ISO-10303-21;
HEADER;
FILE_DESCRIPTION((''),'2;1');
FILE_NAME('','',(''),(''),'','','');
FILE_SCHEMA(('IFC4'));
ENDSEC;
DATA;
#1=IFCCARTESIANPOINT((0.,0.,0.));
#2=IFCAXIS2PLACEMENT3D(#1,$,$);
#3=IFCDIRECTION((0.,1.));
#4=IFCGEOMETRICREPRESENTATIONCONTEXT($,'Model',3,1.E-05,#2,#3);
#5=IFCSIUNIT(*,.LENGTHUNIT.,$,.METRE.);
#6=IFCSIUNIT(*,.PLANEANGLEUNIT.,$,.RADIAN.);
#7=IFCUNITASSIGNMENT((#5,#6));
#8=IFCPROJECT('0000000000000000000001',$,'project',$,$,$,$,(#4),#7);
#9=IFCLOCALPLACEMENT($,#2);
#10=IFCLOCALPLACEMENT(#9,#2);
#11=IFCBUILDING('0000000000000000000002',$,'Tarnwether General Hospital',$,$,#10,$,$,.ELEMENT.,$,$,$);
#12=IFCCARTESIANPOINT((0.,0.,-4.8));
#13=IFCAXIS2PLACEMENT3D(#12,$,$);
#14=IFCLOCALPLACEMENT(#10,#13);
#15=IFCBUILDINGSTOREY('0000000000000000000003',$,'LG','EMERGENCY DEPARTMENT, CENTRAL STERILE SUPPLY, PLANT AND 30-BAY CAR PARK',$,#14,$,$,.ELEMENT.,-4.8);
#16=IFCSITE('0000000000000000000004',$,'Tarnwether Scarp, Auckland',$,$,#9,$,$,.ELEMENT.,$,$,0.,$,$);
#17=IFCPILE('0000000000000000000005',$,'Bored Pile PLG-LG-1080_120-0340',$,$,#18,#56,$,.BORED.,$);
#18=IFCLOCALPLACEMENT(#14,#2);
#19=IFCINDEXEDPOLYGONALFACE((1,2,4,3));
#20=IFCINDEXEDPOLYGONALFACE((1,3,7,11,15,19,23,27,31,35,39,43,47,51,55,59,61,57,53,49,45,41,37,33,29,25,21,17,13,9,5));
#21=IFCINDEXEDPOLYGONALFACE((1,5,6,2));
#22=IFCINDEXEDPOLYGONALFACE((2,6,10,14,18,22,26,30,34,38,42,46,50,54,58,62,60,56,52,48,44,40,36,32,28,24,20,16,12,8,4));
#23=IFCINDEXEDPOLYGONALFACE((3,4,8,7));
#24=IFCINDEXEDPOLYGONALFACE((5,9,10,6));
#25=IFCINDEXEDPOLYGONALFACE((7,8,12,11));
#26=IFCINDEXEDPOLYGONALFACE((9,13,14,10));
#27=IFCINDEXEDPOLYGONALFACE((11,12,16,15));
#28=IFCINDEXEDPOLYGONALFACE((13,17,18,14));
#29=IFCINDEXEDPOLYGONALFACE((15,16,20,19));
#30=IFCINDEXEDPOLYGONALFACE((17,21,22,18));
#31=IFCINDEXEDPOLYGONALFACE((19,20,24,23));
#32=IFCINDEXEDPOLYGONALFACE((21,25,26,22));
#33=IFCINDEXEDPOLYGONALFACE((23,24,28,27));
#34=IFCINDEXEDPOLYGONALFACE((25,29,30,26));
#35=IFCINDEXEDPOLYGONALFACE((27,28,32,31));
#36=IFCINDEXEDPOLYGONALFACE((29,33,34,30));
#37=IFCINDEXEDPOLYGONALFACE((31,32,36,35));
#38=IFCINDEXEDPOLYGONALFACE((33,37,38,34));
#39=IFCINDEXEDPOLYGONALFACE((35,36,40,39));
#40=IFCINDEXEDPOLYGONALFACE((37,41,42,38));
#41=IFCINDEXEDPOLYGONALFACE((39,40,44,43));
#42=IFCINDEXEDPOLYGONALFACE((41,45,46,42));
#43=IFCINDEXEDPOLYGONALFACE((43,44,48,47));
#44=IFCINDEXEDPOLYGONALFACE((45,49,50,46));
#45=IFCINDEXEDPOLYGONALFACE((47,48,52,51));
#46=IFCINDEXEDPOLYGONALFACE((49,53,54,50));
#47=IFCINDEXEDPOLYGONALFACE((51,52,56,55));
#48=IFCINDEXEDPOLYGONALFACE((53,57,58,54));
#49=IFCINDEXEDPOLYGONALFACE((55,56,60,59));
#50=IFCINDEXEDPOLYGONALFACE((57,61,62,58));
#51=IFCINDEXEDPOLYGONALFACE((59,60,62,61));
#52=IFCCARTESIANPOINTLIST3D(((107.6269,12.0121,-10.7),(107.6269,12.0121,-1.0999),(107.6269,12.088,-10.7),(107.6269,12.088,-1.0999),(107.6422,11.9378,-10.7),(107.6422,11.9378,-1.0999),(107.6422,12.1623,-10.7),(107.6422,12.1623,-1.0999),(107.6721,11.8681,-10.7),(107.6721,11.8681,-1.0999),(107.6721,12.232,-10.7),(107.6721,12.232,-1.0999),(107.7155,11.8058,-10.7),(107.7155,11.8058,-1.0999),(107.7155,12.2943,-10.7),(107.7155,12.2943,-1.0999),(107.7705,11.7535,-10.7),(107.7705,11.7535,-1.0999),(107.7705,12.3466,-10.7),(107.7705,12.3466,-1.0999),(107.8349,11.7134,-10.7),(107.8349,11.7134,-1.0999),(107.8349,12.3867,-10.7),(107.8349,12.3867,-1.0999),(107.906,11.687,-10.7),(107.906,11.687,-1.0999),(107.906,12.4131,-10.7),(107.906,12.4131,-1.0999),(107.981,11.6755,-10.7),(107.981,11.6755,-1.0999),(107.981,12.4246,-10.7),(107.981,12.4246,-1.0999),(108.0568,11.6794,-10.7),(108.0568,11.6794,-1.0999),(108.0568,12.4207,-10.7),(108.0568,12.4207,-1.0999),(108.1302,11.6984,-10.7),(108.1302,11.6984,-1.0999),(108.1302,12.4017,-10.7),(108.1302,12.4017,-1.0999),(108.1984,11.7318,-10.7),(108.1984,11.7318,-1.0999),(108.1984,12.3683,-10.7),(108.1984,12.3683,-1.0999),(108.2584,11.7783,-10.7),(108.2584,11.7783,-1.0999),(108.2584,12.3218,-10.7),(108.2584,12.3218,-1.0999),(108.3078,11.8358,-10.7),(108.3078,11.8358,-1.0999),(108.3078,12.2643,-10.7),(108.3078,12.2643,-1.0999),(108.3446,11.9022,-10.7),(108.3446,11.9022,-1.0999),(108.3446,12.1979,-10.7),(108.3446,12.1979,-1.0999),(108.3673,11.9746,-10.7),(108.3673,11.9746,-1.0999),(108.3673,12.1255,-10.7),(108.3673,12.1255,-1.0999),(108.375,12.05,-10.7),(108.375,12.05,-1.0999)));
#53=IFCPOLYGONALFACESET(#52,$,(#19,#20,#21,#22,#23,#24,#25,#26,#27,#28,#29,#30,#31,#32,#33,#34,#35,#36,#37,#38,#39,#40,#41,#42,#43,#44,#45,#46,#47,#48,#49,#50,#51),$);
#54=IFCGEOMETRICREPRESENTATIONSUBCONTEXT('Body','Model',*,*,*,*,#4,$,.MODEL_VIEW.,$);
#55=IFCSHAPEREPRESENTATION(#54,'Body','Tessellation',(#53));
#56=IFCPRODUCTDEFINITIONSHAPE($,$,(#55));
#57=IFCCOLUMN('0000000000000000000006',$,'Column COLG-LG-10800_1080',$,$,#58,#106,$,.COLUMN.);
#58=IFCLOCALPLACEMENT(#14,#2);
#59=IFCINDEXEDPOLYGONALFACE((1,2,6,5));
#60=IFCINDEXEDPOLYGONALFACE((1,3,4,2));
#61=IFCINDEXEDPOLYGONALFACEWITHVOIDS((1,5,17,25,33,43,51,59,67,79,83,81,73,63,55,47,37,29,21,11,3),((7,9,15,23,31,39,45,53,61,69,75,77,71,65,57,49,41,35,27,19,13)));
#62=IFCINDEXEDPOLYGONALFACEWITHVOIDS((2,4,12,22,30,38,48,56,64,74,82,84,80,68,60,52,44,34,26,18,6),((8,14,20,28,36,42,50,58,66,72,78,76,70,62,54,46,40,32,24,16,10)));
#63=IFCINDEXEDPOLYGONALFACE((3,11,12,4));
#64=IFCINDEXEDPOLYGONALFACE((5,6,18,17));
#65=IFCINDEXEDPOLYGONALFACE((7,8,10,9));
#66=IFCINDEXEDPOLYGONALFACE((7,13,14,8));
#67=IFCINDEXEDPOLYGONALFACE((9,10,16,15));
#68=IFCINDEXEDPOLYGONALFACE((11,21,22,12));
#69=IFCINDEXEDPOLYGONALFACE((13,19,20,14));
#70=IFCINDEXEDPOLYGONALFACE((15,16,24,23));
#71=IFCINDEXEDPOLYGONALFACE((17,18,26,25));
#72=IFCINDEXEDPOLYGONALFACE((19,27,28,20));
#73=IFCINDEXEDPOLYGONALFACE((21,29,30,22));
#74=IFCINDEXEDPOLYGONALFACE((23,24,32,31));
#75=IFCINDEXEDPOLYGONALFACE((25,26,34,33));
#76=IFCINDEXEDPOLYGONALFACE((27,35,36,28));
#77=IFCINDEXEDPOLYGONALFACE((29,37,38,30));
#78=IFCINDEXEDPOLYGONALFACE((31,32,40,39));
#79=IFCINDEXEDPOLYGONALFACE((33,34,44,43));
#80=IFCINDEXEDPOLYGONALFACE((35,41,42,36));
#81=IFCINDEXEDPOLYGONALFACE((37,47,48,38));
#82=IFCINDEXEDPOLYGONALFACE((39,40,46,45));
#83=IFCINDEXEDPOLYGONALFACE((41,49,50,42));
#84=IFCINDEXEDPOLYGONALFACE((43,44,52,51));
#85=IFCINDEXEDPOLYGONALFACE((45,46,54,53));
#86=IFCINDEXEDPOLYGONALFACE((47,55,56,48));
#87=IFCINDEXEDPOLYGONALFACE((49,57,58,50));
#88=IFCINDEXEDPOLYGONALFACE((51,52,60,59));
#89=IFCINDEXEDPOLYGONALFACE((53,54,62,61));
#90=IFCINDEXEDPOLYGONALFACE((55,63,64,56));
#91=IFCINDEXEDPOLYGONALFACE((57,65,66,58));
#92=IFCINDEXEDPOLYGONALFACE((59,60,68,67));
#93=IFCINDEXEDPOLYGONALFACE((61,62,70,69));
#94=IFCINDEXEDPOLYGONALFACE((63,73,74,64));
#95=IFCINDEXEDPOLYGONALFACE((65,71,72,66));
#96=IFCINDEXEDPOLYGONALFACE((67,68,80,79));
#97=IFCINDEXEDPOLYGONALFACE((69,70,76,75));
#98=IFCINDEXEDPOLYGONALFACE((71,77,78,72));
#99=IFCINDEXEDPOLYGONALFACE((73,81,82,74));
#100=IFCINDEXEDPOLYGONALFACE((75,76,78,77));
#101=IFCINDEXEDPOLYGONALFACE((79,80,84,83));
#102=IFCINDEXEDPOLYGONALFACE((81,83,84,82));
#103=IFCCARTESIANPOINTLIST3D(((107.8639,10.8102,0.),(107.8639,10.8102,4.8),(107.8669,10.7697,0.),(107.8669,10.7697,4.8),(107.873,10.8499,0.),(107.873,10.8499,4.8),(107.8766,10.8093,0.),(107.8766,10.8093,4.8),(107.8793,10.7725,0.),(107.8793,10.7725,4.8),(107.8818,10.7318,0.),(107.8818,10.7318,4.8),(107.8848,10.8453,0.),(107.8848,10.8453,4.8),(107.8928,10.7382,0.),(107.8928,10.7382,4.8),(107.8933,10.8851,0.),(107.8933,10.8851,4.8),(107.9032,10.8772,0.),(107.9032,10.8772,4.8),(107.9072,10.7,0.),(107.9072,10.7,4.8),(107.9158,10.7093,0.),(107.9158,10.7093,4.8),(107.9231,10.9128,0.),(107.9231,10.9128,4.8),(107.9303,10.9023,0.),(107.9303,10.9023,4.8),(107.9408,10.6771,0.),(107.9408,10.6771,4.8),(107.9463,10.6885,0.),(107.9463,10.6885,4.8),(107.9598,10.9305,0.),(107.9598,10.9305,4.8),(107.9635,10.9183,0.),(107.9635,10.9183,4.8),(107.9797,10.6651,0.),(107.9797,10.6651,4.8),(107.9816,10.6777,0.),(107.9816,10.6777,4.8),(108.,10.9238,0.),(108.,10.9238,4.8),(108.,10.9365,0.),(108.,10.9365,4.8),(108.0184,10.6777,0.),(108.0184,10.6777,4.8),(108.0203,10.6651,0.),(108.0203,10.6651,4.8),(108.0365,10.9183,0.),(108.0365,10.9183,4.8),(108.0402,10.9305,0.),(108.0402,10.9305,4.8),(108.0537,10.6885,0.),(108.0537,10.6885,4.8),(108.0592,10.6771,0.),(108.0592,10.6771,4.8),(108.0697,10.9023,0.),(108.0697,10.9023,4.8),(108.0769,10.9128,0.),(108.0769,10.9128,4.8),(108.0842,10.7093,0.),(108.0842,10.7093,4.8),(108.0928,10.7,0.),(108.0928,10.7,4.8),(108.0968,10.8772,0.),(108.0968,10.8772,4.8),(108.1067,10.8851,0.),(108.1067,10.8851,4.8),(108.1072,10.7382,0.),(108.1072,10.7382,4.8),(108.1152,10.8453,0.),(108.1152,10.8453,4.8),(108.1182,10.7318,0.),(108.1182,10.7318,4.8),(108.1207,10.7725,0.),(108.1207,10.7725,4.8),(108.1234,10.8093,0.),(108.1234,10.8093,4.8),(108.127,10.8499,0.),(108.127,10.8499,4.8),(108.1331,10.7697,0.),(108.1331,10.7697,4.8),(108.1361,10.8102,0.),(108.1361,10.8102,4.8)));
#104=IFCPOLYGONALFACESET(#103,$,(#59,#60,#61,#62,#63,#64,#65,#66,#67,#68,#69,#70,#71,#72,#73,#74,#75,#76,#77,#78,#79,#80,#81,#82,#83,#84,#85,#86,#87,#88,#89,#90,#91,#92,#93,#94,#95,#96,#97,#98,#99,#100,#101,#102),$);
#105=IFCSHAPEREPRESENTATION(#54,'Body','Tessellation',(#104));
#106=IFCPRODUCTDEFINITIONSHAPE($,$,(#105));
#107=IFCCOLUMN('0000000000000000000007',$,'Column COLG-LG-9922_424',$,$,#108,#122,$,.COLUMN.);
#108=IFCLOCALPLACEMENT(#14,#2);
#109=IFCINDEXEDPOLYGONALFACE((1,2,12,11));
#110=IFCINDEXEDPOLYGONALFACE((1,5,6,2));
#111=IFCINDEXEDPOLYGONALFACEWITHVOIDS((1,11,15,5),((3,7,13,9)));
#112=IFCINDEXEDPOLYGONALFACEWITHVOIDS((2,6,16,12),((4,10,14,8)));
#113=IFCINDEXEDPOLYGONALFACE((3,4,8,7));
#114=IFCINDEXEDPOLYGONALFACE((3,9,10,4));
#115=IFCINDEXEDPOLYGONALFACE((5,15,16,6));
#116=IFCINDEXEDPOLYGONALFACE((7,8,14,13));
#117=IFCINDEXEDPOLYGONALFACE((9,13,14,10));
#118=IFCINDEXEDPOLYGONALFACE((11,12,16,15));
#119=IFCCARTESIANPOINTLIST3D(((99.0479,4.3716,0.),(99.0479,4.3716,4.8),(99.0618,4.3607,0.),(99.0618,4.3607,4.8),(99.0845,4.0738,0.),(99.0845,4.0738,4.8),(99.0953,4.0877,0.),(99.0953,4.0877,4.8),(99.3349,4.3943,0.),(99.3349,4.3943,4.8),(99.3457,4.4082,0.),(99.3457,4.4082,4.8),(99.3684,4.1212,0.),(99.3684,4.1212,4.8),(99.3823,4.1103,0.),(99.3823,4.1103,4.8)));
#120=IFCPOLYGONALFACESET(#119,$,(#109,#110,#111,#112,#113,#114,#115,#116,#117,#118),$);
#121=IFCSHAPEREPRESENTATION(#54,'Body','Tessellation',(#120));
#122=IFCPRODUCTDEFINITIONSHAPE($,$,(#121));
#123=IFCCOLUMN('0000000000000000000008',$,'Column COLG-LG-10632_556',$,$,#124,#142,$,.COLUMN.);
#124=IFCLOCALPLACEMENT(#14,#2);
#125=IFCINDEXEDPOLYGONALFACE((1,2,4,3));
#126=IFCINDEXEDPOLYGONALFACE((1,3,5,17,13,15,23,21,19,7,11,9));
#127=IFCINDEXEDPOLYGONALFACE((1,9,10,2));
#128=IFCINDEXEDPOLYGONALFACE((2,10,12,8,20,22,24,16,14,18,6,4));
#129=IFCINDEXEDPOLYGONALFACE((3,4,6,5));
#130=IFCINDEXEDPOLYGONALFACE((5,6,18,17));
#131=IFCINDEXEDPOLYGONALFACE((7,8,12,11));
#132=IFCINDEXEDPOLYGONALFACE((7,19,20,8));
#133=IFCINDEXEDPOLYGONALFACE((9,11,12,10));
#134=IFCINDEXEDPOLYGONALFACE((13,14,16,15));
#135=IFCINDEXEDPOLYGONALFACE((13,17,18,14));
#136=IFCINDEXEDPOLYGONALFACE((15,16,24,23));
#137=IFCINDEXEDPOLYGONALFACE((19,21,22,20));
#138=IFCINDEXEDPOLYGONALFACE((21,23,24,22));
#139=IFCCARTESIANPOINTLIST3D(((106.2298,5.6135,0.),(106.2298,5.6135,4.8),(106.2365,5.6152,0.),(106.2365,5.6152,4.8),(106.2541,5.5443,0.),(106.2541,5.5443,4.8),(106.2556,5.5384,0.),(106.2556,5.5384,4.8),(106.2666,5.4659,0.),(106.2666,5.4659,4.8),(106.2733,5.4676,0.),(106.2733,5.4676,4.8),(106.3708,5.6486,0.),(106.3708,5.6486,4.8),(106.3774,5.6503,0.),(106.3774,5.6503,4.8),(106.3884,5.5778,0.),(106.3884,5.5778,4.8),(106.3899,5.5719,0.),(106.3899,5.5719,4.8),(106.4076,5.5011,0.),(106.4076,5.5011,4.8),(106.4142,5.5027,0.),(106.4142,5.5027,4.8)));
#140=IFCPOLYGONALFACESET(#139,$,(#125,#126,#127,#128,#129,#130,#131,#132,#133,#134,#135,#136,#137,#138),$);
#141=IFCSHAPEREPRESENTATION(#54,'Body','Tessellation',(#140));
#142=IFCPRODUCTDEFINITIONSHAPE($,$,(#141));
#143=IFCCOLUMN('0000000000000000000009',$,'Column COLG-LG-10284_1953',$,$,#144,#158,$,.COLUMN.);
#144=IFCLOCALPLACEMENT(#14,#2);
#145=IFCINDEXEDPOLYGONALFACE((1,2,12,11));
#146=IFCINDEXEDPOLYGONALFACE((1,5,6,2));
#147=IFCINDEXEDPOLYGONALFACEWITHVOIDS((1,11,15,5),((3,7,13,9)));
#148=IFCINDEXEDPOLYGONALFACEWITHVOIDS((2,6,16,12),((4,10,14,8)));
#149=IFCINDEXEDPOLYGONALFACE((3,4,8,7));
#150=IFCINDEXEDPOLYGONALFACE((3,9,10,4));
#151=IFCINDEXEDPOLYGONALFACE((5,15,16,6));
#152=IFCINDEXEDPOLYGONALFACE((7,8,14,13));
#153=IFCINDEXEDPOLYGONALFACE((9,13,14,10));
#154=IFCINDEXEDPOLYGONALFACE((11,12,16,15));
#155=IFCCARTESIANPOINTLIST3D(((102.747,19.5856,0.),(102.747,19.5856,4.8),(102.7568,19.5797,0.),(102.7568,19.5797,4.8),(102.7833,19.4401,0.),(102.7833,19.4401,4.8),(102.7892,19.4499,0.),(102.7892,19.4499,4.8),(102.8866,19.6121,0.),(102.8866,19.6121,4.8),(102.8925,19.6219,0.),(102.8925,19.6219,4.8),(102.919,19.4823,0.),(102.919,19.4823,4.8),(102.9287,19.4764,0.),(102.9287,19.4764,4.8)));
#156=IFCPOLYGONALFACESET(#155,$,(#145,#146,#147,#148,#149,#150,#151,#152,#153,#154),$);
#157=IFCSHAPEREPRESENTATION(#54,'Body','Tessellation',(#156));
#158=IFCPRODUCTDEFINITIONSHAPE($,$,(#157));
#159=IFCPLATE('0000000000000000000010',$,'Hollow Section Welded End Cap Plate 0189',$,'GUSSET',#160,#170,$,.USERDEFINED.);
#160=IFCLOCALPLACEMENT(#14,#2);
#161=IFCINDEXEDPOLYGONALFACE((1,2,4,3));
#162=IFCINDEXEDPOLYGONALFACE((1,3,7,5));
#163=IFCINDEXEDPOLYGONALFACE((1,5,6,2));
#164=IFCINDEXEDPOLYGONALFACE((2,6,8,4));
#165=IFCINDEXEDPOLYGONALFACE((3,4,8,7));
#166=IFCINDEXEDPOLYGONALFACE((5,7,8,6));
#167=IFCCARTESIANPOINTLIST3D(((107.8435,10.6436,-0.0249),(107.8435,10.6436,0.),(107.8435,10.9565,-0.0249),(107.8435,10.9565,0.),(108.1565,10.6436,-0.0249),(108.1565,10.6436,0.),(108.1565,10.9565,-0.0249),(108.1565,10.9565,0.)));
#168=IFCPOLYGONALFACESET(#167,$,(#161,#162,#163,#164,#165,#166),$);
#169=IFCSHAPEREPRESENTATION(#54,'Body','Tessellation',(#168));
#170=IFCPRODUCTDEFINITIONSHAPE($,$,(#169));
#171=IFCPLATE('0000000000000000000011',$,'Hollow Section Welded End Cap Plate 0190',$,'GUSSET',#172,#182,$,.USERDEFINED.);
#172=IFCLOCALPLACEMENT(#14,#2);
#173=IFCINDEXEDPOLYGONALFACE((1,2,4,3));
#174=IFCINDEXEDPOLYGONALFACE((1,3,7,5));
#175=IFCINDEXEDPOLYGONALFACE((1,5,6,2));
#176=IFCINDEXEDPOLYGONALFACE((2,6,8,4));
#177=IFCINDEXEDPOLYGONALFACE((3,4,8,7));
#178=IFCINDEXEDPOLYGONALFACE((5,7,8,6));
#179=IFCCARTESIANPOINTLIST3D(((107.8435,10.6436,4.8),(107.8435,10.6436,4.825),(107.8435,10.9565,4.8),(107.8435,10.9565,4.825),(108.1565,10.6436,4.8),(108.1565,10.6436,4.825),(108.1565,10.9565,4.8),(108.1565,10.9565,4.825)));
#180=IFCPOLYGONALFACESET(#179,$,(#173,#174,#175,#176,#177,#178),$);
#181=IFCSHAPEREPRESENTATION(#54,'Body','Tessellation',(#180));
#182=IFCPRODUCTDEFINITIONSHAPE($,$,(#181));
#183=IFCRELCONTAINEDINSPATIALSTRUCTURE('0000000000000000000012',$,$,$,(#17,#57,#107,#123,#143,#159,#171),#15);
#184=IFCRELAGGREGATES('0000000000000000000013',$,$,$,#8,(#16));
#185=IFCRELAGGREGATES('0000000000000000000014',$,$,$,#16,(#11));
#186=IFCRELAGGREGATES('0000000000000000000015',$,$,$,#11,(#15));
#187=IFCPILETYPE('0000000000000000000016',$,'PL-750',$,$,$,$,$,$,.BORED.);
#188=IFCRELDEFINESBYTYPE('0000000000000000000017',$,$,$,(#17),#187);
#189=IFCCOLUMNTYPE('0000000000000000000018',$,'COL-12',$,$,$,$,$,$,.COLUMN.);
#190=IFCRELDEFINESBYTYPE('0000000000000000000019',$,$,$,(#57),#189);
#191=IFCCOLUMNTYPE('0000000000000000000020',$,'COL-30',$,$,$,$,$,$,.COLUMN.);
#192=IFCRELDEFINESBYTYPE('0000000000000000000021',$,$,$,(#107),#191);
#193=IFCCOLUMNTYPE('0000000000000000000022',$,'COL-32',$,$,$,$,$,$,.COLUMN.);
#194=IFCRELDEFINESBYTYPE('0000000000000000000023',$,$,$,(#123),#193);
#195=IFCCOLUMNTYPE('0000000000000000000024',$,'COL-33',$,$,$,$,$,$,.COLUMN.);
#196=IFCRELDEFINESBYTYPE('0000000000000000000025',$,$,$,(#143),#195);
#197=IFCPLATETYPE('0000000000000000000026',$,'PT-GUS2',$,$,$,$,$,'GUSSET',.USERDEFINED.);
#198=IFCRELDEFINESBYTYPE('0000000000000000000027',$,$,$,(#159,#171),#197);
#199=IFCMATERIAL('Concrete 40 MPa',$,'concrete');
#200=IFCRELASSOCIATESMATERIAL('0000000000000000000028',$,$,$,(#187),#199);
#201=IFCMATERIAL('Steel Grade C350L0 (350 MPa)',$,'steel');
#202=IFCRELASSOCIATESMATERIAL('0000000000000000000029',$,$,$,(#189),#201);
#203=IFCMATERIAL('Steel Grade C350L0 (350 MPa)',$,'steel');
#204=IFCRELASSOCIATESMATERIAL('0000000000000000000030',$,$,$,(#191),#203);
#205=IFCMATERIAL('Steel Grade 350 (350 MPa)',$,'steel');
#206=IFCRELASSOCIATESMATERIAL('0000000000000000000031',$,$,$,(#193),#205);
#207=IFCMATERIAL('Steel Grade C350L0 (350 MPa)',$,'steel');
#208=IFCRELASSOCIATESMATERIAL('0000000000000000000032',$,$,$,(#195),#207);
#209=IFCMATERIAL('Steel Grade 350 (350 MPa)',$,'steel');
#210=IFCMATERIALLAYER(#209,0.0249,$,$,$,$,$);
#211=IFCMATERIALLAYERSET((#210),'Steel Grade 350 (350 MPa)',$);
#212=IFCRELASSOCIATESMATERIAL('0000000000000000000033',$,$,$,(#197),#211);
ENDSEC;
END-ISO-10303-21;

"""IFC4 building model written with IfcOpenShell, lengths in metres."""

from ifc_helpers import new_model, si_unit, direction, frame, origin, origin_2d, place, context, subcontext, project, spatial, rectangle, hollow_rectangle, circle, hollow_circle, i_section, extrude, material, layer, layer_set, material_profile, profile_set, type_object, element, save


model = new_model("IFC4")

# Units and contexts
model_context = context("Model", 3, precision=1e-05, world=origin(), true_north=direction((0.0, 1.0)))
body_context = subcontext(model_context, "Body", "Model", "MODEL_VIEW")
ifc_project = project(units=[si_unit("LENGTHUNIT", "METRE"), si_unit("PLANEANGLEUNIT", "RADIAN")], contexts=[model_context])

# Site, building, storey
site_placement = place(None, origin())
site = spatial("IfcSite", under=ifc_project, at=site_placement, Name="Tarnwether Scarp, Auckland", CompositionType="ELEMENT", RefElevation=0.0)
building_placement = place(site_placement, origin())
building = spatial("IfcBuilding", under=site, at=building_placement, Name="Tarnwether General Hospital", CompositionType="ELEMENT")
storey_placement = place(building_placement, frame((0.0, 0.0, -4.8)))
storey = spatial("IfcBuildingStorey", under=building, at=storey_placement, Name="LG", Description="EMERGENCY DEPARTMENT, CENTRAL STERILE SUPPLY, PLANT AND 30-BAY CAR PARK", CompositionType="ELEMENT", Elevation=-4.8)

# Pile
ifc_material_1 = material(Name="Concrete 40 MPa", Category="concrete")
ifc_material_profile_1 = material_profile(ifc_material_1, circle(Radius=0.375, at=origin_2d()), Name="PILE-D750")
ifc_profile_set_1 = profile_set([ifc_material_profile_1], Name="Concrete 40 MPa")
pile_type_1 = type_object("IfcPileType", Name="PL-750", PredefinedType="BORED", material=ifc_profile_set_1)
for number, where, z_axis, x_axis, name in (
    (1, (108.0, 12.05, -1.0999), (0.0, 0.0, -1.0), (1.0, 0.0, 0.0), "Bored Pile PLG-LG-1080_120-0340"),
):
    element("IfcPile", number, at=place(storey_placement, frame(where, z_axis=z_axis, x_axis=x_axis)), inside=storey, type_object=pile_type_1, Name=name, PredefinedType="BORED", context=body_context, shape_type="SweptSolid", body=[
        extrude(circle(Radius=0.375, at=origin_2d()), origin(), (0.0, 0.0, 1.0), 9.6001),
    ])

# Columns
ifc_material_2 = material(Name="Steel Grade C350L0 (350 MPa)", Category="steel")
ifc_material_profile_2 = material_profile(ifc_material_2, hollow_circle(Radius=0.1365, WallThickness=0.0127, at=origin_2d()), Name="CHS273.1x12.7")
ifc_profile_set_2 = profile_set([ifc_material_profile_2], Name="Steel Grade C350L0 (350 MPa)")
column_type_1 = type_object("IfcColumnType", Name="COL-12", PredefinedType="COLUMN", material=ifc_profile_set_2)
column_1_placement = place(storey_placement, frame((108.0, 10.8, 0.0), z_axis=(0.0, 0.0, 1.0), x_axis=(0.0, 1.0, 0.0)))
element("IfcColumn", 2, at=column_1_placement, inside=storey, type_object=column_type_1, Name="Column COLG-LG-10800_1080", PredefinedType="COLUMN", context=body_context, shape_type="SweptSolid", body=[
    extrude(hollow_circle(Radius=0.1365, WallThickness=0.0127, at=origin_2d()), origin(), (0.0, 0.0, 1.0), 4.8),
])
ifc_material_3 = material(Name="Steel Grade C350L0 (350 MPa)", Category="steel")
ifc_material_profile_3 = material_profile(ifc_material_3, hollow_rectangle(XDim=0.3, YDim=0.3, WallThickness=0.0125, at=origin_2d()), Name="SHS300x300x12.5")
ifc_profile_set_3 = profile_set([ifc_material_profile_3], Name="Steel Grade C350L0 (350 MPa)")
column_type_2 = type_object("IfcColumnType", Name="COL-30", PredefinedType="COLUMN", material=ifc_profile_set_3)
column_2_placement = place(storey_placement, frame((99.2151, 4.241, 0.0), z_axis=(0.0, 0.0, 1.0), x_axis=(-0.121869, 0.992546, 0.0)))
element("IfcColumn", 3, at=column_2_placement, inside=storey, type_object=column_type_2, Name="Column COLG-LG-9922_424", PredefinedType="COLUMN", context=body_context, shape_type="SweptSolid", body=[
    extrude(hollow_rectangle(XDim=0.3, YDim=0.3, WallThickness=0.0125, at=origin_2d()), origin(), (0.0, 0.0, 1.0), 4.8),
])
ifc_material_4 = material(Name="Steel Grade 350 (350 MPa)", Category="steel")
ifc_material_profile_4 = material_profile(ifc_material_4, i_section(OverallWidth=0.1521, OverallDepth=0.1521, WebThickness=0.0061, FlangeThickness=0.0068, at=origin_2d()), Name="150UC23.4")
ifc_profile_set_4 = profile_set([ifc_material_profile_4], Name="Steel Grade 350 (350 MPa)")
column_type_3 = type_object("IfcColumnType", Name="COL-32", PredefinedType="COLUMN", material=ifc_profile_set_4)
column_3_placement = place(storey_placement, frame((106.322, 5.5581, 0.0), z_axis=(0.0, 0.0, 1.0), x_axis=(-0.241922, 0.970296, 0.0)))
element("IfcColumn", 4, at=column_3_placement, inside=storey, type_object=column_type_3, Name="Column COLG-LG-10632_556", PredefinedType="COLUMN", context=body_context, shape_type="SweptSolid", body=[
    extrude(i_section(OverallWidth=0.1521, OverallDepth=0.1521, WebThickness=0.0061, FlangeThickness=0.0068, at=origin_2d()), origin(), (0.0, 0.0, 1.0), 4.8),
])
ifc_material_5 = material(Name="Steel Grade C350L0 (350 MPa)", Category="steel")
ifc_material_profile_5 = material_profile(ifc_material_5, hollow_rectangle(XDim=0.1499, YDim=0.1499, WallThickness=0.0081, at=origin_2d()), Name="SHS150x150x8")
ifc_profile_set_5 = profile_set([ifc_material_profile_5], Name="Steel Grade C350L0 (350 MPa)")
column_type_4 = type_object("IfcColumnType", Name="COL-33", PredefinedType="COLUMN", material=ifc_profile_set_5)
column_4_placement = place(storey_placement, frame((102.8379, 19.531, 0.0), z_axis=(0.0, 0.0, 1.0), x_axis=(-0.241922, 0.970296, 0.0)))
element("IfcColumn", 5, at=column_4_placement, inside=storey, type_object=column_type_4, Name="Column COLG-LG-10284_1953", PredefinedType="COLUMN", context=body_context, shape_type="SweptSolid", body=[
    extrude(hollow_rectangle(XDim=0.1499, YDim=0.1499, WallThickness=0.0081, at=origin_2d()), origin(), (0.0, 0.0, 1.0), 4.8),
])

# Plates
ifc_material_6 = material(Name="Steel Grade 350 (350 MPa)", Category="steel")
ifc_layer_1 = layer(ifc_material_6, 0.0249)
ifc_layer_set_1 = layer_set([ifc_layer_1], Name="Steel Grade 350 (350 MPa)")
plate_type = type_object("IfcPlateType", Name="PT-GUS2", ElementType="GUSSET", PredefinedType="USERDEFINED", material=ifc_layer_set_1)
for number, where, z_axis, x_axis, name in (
    (6, (108.0, 10.8, -0.0249), (0.0, 0.0, 1.0), (1.0, 0.0, 0.0), "Hollow Section Welded End Cap Plate 0189"),
    (7, (108.0, 10.8, 4.8), (0.0, 0.0, 1.0), (1.0, 0.0, 0.0), "Hollow Section Welded End Cap Plate 0190"),
):
    element("IfcPlate", number, at=place(storey_placement, frame(where, z_axis=z_axis, x_axis=x_axis)), inside=storey, type_object=plate_type, Name=name, ObjectType="GUSSET", PredefinedType="USERDEFINED", context=body_context, shape_type="SweptSolid", body=[
        extrude(rectangle(XDim=0.313, YDim=0.313, at=origin_2d()), origin(), (0.0, 0.0, 1.0), 0.0249),
    ])

save(model, "model.ifc")
